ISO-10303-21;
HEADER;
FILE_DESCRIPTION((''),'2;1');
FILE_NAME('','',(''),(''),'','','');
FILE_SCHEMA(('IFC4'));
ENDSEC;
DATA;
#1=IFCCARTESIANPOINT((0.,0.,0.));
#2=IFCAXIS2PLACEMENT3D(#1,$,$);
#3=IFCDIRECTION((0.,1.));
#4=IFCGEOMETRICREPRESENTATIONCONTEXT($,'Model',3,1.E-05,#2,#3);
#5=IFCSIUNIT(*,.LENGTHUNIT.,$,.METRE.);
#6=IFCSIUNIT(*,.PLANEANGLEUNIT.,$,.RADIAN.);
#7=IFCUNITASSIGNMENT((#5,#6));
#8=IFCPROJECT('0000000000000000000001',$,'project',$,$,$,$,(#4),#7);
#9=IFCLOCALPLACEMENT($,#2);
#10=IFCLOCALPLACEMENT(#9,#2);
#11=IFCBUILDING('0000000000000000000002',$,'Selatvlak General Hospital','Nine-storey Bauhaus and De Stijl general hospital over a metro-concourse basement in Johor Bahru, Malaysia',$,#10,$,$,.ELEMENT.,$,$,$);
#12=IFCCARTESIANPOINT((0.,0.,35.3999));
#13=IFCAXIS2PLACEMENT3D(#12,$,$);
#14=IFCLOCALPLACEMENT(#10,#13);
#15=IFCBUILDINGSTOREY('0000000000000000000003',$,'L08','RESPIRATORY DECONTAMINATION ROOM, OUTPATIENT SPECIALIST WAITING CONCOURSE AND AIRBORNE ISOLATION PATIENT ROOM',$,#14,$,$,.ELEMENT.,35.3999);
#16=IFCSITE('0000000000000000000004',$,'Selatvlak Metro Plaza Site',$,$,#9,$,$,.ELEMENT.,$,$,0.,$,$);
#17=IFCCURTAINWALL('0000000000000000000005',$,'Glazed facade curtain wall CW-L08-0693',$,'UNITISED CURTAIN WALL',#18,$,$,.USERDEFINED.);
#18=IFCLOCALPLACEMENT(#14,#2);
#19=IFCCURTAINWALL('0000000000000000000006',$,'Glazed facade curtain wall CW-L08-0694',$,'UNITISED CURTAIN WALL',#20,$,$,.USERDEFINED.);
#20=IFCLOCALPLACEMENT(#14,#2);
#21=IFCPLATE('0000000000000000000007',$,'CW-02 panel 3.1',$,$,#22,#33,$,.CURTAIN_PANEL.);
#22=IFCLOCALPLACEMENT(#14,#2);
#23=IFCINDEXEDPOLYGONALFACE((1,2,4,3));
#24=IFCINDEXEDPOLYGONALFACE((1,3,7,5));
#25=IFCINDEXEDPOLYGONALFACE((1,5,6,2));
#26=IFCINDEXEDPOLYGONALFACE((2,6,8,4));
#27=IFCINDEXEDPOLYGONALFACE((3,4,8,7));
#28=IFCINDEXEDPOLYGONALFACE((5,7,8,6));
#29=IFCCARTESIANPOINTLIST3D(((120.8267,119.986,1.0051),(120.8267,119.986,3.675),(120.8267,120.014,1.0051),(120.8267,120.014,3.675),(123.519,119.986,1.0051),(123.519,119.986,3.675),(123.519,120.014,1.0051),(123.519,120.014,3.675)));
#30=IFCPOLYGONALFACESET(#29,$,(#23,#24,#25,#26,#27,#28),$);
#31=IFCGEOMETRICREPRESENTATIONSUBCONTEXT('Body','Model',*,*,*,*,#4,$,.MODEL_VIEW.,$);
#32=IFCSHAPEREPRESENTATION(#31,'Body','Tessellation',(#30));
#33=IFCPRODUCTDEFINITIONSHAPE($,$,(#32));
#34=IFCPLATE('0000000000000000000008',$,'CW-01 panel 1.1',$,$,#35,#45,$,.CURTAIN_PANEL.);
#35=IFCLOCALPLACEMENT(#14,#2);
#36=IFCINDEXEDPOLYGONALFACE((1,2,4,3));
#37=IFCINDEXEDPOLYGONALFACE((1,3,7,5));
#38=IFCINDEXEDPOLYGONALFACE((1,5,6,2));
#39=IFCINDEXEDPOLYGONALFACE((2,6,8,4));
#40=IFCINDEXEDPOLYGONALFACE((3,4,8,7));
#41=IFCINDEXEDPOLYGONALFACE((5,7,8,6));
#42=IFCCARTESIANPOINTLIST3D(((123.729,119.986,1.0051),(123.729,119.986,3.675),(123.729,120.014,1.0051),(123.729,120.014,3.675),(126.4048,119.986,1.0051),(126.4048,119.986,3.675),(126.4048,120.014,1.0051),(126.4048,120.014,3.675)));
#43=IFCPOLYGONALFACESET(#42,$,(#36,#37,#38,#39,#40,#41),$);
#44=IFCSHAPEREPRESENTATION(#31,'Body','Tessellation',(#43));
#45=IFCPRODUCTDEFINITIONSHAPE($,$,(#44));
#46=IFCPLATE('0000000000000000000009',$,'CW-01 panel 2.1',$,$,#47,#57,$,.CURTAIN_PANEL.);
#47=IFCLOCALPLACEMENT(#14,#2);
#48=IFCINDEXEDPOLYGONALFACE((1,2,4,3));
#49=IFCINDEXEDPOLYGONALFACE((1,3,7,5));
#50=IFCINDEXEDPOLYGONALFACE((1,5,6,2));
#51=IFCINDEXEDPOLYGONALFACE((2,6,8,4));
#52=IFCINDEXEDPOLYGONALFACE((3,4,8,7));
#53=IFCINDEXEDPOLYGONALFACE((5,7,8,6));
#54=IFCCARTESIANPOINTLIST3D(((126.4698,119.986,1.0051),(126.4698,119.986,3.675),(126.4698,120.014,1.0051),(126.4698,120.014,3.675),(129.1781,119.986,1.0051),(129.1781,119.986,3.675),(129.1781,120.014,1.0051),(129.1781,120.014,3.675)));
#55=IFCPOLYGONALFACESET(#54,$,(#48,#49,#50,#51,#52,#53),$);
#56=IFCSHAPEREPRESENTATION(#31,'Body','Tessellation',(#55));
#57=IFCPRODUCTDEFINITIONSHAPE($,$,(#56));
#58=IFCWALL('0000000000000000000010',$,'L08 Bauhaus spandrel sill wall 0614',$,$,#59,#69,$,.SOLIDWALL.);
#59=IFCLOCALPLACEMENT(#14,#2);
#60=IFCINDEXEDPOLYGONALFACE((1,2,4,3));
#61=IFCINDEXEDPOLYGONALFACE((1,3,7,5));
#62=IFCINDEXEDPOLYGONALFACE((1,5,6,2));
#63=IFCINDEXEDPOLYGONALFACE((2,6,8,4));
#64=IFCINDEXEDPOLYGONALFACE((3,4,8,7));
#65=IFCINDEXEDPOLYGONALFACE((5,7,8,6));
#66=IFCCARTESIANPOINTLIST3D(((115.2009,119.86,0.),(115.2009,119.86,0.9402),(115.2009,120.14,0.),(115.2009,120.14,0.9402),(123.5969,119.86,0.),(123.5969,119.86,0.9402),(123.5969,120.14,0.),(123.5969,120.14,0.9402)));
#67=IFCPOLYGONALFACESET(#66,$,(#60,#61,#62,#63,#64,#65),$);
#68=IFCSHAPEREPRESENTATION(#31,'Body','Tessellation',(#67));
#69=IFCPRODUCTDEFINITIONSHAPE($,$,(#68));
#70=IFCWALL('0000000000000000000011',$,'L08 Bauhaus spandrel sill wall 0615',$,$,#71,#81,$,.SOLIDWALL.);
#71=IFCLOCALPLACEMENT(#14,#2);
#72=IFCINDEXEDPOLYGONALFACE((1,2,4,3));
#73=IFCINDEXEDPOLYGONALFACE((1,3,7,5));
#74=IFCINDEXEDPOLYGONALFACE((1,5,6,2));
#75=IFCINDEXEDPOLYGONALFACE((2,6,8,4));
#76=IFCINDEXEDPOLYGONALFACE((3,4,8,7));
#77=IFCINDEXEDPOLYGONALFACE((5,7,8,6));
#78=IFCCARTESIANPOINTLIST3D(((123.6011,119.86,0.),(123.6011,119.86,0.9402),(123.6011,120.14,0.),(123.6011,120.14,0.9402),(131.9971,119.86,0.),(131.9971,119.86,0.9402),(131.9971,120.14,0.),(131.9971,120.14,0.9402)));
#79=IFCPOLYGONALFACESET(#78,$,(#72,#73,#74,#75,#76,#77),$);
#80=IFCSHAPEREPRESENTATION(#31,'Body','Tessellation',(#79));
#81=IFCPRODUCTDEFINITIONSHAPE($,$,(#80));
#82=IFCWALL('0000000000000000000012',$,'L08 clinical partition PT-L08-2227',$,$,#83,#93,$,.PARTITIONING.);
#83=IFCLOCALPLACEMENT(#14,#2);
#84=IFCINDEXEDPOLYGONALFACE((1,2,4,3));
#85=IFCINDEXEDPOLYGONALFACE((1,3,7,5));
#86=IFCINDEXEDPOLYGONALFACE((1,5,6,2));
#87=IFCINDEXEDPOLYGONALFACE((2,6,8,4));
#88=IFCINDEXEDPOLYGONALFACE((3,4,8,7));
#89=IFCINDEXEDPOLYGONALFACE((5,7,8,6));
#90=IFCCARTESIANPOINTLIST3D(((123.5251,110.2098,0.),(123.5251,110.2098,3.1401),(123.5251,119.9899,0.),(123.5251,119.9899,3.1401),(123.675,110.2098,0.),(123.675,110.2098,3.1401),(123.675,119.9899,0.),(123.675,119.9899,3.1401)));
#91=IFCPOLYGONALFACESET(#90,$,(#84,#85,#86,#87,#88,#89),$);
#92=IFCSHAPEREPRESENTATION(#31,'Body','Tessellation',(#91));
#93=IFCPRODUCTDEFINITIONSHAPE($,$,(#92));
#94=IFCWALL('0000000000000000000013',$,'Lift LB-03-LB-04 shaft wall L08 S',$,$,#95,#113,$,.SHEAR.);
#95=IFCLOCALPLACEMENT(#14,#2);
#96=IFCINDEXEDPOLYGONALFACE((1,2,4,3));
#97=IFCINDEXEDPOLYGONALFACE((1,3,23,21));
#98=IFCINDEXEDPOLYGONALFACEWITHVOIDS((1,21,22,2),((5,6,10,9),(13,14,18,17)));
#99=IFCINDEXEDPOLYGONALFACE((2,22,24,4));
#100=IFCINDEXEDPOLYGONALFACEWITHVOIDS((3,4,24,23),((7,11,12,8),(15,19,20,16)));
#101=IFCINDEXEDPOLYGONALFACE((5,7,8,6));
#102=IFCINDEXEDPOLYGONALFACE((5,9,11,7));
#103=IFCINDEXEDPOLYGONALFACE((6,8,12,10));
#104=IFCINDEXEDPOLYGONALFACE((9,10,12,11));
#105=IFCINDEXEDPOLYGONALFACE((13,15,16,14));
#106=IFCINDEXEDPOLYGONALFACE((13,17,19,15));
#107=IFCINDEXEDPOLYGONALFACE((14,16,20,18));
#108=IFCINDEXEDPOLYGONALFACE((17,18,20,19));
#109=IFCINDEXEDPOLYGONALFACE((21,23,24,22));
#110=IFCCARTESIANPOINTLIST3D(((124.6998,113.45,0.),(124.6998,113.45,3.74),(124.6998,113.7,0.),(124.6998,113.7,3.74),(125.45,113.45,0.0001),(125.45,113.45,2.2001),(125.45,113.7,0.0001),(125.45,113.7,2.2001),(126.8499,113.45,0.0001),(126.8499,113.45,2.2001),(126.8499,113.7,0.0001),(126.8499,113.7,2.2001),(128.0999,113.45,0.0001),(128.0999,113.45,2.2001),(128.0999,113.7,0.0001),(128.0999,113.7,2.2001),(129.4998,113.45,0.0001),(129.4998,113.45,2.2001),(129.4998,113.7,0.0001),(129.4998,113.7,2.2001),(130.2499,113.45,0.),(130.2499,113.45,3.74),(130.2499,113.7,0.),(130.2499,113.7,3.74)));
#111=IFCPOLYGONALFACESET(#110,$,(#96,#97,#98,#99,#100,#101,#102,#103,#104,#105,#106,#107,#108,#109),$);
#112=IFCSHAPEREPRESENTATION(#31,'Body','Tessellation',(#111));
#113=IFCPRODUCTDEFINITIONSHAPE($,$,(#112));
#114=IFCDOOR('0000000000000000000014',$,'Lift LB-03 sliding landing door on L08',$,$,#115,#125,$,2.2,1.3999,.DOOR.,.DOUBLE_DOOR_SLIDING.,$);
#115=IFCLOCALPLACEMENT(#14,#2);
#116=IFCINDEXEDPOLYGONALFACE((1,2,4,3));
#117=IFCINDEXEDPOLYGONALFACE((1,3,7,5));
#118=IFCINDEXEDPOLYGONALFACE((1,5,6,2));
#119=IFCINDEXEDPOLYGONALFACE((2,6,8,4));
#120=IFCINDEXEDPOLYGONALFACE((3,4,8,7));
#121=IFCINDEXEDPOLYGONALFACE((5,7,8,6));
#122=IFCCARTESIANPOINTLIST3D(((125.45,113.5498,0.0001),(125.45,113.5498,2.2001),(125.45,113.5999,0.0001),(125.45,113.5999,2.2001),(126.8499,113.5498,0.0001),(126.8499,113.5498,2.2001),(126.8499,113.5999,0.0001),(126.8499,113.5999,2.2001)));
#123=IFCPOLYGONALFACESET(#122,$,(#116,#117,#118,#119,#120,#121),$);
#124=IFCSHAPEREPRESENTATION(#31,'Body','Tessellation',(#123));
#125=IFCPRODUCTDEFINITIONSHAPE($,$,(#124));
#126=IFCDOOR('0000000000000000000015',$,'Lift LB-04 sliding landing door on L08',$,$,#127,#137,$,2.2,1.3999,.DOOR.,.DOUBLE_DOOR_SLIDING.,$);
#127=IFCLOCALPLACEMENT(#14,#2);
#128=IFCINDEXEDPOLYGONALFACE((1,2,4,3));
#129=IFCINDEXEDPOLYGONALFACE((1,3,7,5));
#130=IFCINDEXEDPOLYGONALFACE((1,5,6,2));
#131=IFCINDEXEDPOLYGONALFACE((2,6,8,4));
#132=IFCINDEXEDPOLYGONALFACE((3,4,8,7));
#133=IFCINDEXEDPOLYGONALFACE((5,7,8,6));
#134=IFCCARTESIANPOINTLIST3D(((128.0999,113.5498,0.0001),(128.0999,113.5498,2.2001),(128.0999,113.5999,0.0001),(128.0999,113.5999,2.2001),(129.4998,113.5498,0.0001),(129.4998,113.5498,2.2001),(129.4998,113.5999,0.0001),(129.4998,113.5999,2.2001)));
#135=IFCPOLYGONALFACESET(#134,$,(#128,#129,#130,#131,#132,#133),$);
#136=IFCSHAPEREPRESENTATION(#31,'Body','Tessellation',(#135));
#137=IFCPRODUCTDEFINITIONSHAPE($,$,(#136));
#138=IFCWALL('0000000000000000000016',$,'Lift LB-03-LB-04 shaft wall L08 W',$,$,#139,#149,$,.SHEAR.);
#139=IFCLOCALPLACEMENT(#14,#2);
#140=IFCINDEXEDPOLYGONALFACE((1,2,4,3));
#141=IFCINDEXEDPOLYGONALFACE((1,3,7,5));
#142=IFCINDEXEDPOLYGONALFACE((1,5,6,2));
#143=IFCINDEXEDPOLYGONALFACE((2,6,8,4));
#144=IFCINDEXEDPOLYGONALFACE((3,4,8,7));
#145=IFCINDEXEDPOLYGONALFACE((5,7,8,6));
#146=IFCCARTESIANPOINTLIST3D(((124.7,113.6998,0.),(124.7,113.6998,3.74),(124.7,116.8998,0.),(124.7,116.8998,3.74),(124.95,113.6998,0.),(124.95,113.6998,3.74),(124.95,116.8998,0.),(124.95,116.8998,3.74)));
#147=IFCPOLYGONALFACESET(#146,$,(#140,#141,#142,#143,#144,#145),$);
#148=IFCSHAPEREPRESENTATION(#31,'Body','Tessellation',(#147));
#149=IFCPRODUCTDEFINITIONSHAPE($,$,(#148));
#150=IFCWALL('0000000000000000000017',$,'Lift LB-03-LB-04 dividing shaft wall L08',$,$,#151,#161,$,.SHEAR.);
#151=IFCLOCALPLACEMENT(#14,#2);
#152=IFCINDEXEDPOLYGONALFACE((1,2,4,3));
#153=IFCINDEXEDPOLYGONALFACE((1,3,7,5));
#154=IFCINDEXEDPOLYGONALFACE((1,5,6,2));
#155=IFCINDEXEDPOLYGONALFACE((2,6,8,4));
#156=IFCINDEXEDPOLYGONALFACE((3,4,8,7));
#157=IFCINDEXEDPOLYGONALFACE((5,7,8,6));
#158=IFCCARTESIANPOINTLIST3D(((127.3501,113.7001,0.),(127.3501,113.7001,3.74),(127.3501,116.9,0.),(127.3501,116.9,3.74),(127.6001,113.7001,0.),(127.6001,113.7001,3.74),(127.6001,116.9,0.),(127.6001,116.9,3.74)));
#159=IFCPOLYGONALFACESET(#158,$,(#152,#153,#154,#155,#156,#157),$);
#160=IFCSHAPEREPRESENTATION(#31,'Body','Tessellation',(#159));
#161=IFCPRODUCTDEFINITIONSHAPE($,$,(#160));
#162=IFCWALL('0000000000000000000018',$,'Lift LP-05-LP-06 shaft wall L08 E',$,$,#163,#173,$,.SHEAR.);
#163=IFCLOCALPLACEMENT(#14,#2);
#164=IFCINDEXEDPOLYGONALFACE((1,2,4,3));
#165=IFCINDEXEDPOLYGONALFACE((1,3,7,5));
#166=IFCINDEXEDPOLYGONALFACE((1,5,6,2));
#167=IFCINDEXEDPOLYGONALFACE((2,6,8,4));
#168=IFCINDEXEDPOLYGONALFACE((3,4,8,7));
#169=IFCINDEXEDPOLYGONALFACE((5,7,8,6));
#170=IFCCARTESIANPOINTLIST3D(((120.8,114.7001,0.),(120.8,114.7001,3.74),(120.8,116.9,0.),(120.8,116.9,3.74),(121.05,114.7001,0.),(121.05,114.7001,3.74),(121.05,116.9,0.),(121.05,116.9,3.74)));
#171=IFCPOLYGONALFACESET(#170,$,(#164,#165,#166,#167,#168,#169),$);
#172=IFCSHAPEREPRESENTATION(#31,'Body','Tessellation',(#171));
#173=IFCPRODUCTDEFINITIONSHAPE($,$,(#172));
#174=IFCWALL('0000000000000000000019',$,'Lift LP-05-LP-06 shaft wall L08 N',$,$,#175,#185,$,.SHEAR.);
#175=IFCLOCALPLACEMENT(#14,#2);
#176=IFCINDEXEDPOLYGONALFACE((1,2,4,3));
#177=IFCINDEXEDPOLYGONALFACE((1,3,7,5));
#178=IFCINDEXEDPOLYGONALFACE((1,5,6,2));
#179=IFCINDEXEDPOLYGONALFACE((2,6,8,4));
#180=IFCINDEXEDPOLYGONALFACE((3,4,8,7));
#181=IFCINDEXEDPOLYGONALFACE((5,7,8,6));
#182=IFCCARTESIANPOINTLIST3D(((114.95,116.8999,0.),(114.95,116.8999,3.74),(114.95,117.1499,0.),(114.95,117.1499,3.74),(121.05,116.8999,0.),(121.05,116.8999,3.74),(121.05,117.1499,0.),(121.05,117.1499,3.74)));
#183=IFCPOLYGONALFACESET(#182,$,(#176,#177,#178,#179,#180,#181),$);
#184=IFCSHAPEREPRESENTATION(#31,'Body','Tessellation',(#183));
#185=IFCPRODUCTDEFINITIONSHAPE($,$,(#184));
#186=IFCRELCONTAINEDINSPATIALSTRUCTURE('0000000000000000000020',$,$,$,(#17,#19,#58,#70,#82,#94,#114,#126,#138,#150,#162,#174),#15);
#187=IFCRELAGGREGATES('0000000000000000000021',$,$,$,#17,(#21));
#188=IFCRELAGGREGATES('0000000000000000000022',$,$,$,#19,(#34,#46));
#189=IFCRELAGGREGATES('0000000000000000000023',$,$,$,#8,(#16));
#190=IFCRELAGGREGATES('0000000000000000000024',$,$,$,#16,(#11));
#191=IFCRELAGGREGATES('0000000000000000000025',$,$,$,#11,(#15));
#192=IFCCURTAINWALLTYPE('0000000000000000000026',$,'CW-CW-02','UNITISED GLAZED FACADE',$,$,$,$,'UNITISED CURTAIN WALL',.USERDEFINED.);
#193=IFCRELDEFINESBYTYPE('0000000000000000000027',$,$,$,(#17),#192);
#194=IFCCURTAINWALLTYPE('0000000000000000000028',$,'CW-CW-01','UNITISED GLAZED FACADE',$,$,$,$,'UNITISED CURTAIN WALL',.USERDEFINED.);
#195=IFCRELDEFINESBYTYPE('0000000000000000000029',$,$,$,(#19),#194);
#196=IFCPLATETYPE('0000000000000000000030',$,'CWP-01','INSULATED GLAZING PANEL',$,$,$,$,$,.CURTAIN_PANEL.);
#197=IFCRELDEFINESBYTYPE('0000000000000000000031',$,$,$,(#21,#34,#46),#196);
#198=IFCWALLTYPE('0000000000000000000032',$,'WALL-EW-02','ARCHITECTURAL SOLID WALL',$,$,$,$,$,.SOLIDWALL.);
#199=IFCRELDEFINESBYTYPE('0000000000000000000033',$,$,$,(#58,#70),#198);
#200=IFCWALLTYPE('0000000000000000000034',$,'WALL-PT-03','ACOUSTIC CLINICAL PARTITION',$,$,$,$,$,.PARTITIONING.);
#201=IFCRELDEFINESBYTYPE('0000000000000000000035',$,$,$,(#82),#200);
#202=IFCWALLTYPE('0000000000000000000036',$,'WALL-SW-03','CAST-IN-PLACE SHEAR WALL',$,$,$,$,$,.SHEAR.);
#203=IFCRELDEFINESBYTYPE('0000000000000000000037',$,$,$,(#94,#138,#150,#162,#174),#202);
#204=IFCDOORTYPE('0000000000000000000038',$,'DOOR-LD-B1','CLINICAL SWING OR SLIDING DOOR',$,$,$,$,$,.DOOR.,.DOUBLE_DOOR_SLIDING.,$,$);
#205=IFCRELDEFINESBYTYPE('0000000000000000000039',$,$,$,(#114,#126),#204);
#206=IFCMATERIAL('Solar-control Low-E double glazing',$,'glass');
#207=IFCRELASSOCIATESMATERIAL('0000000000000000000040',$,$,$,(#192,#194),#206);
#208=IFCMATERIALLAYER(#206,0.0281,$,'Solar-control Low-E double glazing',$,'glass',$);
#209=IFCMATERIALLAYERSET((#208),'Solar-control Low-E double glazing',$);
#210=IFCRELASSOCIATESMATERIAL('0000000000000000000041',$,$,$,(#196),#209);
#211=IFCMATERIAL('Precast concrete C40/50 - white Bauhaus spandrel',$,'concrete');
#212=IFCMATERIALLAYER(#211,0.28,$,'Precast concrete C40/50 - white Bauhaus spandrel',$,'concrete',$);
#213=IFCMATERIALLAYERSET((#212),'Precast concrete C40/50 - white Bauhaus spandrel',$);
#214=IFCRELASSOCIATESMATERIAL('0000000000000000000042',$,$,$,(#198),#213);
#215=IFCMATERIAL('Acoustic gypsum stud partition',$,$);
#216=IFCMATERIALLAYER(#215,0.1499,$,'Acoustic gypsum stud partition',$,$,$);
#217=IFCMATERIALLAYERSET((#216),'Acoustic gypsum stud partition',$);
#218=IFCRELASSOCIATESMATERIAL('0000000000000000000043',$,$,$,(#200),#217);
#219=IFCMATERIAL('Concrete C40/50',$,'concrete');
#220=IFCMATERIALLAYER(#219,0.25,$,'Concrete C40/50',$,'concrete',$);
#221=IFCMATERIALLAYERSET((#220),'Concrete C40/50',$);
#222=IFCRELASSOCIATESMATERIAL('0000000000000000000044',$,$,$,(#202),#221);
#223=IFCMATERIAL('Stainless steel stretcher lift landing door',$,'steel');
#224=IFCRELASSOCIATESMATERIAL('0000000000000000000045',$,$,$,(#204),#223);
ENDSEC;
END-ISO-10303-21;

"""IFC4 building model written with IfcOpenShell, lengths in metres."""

from ifc_helpers import new_model, si_unit, direction, frame, frame_2d, origin, origin_2d, place, context, subcontext, project, spatial, rectangle, extrude, material, layer, layer_set, type_object, element, fill, aggregate, save


model = new_model("IFC4")

# Units and contexts
model_context = context("Model", 3, precision=1e-05, world=origin(), true_north=direction((0.0, 1.0)))
body_context = subcontext(model_context, "Body", "Model", "MODEL_VIEW")
ifc_project = project(units=[si_unit("LENGTHUNIT", "METRE"), si_unit("PLANEANGLEUNIT", "RADIAN")], contexts=[model_context])

# Site, building, storey
site_placement = place(None, origin())
site = spatial("IfcSite", under=ifc_project, at=site_placement, Name="Selatvlak Metro Plaza Site", CompositionType="ELEMENT", RefElevation=0.0)
building_placement = place(site_placement, origin())
building = spatial("IfcBuilding", under=site, at=building_placement, Name="Selatvlak General Hospital", Description="Nine-storey Bauhaus and De Stijl general hospital over a metro-concourse basement in Johor Bahru, Malaysia", CompositionType="ELEMENT")
storey_placement = place(building_placement, frame((0.0, 0.0, 35.3999)))
storey = spatial("IfcBuildingStorey", under=building, at=storey_placement, Name="L08", Description="RESPIRATORY DECONTAMINATION ROOM, OUTPATIENT SPECIALIST WAITING CONCOURSE AND AIRBORNE ISOLATION PATIENT ROOM", CompositionType="ELEMENT", Elevation=35.3999)

# Shared definitions
ifc_material_1 = material(Name="Concrete C40/50", Category="concrete")

# Curtain walls
ifc_material_2 = material(Name="Solar-control Low-E double glazing", Category="glass")
curtain_wall_type_1 = type_object("IfcCurtainWallType", Name="CW-CW-02", Description="UNITISED GLAZED FACADE", ElementType="UNITISED CURTAIN WALL", PredefinedType="USERDEFINED", material=ifc_material_2)
curtain_wall_1_placement = place(storey_placement, origin())
curtain_wall_1 = element("IfcCurtainWall", 1, at=curtain_wall_1_placement, inside=storey, type_object=curtain_wall_type_1, Name="Glazed facade curtain wall CW-L08-0693", ObjectType="UNITISED CURTAIN WALL", PredefinedType="USERDEFINED")
curtain_wall_type_2 = type_object("IfcCurtainWallType", Name="CW-CW-01", Description="UNITISED GLAZED FACADE", ElementType="UNITISED CURTAIN WALL", PredefinedType="USERDEFINED", material=ifc_material_2)
curtain_wall_2_placement = place(storey_placement, origin())
curtain_wall_2 = element("IfcCurtainWall", 2, at=curtain_wall_2_placement, inside=storey, type_object=curtain_wall_type_2, Name="Glazed facade curtain wall CW-L08-0694", ObjectType="UNITISED CURTAIN WALL", PredefinedType="USERDEFINED")

# Plates
ifc_layer_1 = layer(ifc_material_2, 0.0281, Name="Solar-control Low-E double glazing", Category="glass")
ifc_layer_set_1 = layer_set([ifc_layer_1], Name="Solar-control Low-E double glazing")
plate_type = type_object("IfcPlateType", Name="CWP-01", Description="INSULATED GLAZING PANEL", PredefinedType="CURTAIN_PANEL", material=ifc_layer_set_1)
plate_1_placement = place(storey_placement, frame((122.1729, 120.0, 1.0051), z_axis=(0.0, 0.0, 1.0), x_axis=(1.0, 0.0, 0.0)))
plate_1 = element("IfcPlate", 3, at=plate_1_placement, type_object=plate_type, Name="CW-02 panel 3.1", PredefinedType="CURTAIN_PANEL", context=body_context, shape_type="SweptSolid", body=[
    extrude(rectangle(XDim=2.6924, YDim=0.0281, at=origin_2d()), origin(), (0.0, 0.0, 1.0), 2.6699),
])
aggregate(curtain_wall_1, [plate_1])
plate_2_placement = place(storey_placement, frame((125.0669, 120.0, 1.0051), z_axis=(0.0, 0.0, 1.0), x_axis=(1.0, 0.0, 0.0)))
plate_2 = element("IfcPlate", 4, at=plate_2_placement, type_object=plate_type, Name="CW-01 panel 1.1", PredefinedType="CURTAIN_PANEL", context=body_context, shape_type="SweptSolid", body=[
    extrude(rectangle(XDim=2.6758, YDim=0.0281, at=origin_2d()), origin(), (0.0, 0.0, 1.0), 2.6699),
])
plate_3_placement = place(storey_placement, frame((127.824, 120.0, 1.0051), z_axis=(0.0, 0.0, 1.0), x_axis=(1.0, 0.0, 0.0)))
plate_3 = element("IfcPlate", 5, at=plate_3_placement, type_object=plate_type, Name="CW-01 panel 2.1", PredefinedType="CURTAIN_PANEL", context=body_context, shape_type="SweptSolid", body=[
    extrude(rectangle(XDim=2.7083, YDim=0.0281, at=origin_2d()), origin(), (0.0, 0.0, 1.0), 2.6699),
])
aggregate(curtain_wall_2, [plate_2, plate_3])

# Walls
ifc_material_3 = material(Name="Precast concrete C40/50 - white Bauhaus spandrel", Category="concrete")
ifc_layer_2 = layer(ifc_material_3, 0.28, Name="Precast concrete C40/50 - white Bauhaus spandrel", Category="concrete")
ifc_layer_set_2 = layer_set([ifc_layer_2], Name="Precast concrete C40/50 - white Bauhaus spandrel")
wall_type_1 = type_object("IfcWallType", Name="WALL-EW-02", Description="ARCHITECTURAL SOLID WALL", PredefinedType="SOLIDWALL", material=ifc_layer_set_2)
for number, where, z_axis, x_axis, name in (
    (6, (115.2009, 120.0, 0.0), (0.0, 0.0, 1.0), (1.0, 0.0, 0.0), "L08 Bauhaus spandrel sill wall 0614"),
    (7, (123.6011, 120.0, 0.0), (0.0, 0.0, 1.0), (1.0, 0.0, 0.0), "L08 Bauhaus spandrel sill wall 0615"),
):
    element("IfcWall", number, at=place(storey_placement, frame(where, z_axis=z_axis, x_axis=x_axis)), inside=storey, type_object=wall_type_1, Name=name, PredefinedType="SOLIDWALL", context=body_context, shape_type="SweptSolid", body=[
        extrude(rectangle(XDim=8.396, YDim=0.28, at=frame_2d((4.198, 0.0))), origin(), (0.0, 0.0, 1.0), 0.9402),
    ])
ifc_material_4 = material(Name="Acoustic gypsum stud partition")
ifc_layer_3 = layer(ifc_material_4, 0.1499, Name="Acoustic gypsum stud partition")
ifc_layer_set_3 = layer_set([ifc_layer_3], Name="Acoustic gypsum stud partition")
wall_type_2 = type_object("IfcWallType", Name="WALL-PT-03", Description="ACOUSTIC CLINICAL PARTITION", PredefinedType="PARTITIONING", material=ifc_layer_set_3)
wall_1_placement = place(storey_placement, frame((123.6001, 119.99, 0.0), z_axis=(0.0, 0.0, 1.0), x_axis=(0.0, -1.0, 0.0)))
element("IfcWall", 8, at=wall_1_placement, inside=storey, type_object=wall_type_2, Name="L08 clinical partition PT-L08-2227", PredefinedType="PARTITIONING", context=body_context, shape_type="SweptSolid", body=[
    extrude(rectangle(XDim=9.78, YDim=0.1499, at=frame_2d((4.8901, 0.0))), origin(), (0.0, 0.0, 1.0), 3.1401),
])

# Wall, openings, doors
ifc_layer_4 = layer(ifc_material_1, 0.25, Name="Concrete C40/50", Category="concrete")
ifc_layer_set_4 = layer_set([ifc_layer_4], Name="Concrete C40/50")
wall_type_3 = type_object("IfcWallType", Name="WALL-SW-03", Description="CAST-IN-PLACE SHEAR WALL", PredefinedType="SHEAR", material=ifc_layer_set_4)
wall_2_placement = place(storey_placement, frame((124.7, 113.575, 0.0), z_axis=(0.0, 0.0, 1.0), x_axis=(1.0, 0.0, 0.0)))
wall_2 = element("IfcWall", 9, at=wall_2_placement, inside=storey, type_object=wall_type_3, Name="Lift LB-03-LB-04 shaft wall L08 S", PredefinedType="SHEAR", context=body_context, shape_type="SweptSolid", body=[
    extrude(rectangle(XDim=5.55, YDim=0.25, at=frame_2d((2.7749, 0.0))), origin(), (0.0, 0.0, 1.0), 3.74),
])
opening_1_placement = place(wall_2_placement, frame((0.75, 0.0, 0.0)))
opening_1 = element("IfcOpeningElement", 10, at=opening_1_placement, cuts=wall_2, PredefinedType="OPENING", context=body_context, shape_type="SweptSolid", body=[
    extrude(rectangle(XDim=1.3999, YDim=2.2, at=frame_2d((0.7, 1.1001))), frame((0.0, 0.135, 0.0), z_axis=(0.0, -1.0, 0.0), x_axis=(1.0, 0.0, 0.0)), (0.0, 0.0, 1.0), 0.27),
])
opening_2_placement = place(wall_2_placement, frame((3.3999, 0.0, 0.0)))
opening_2 = element("IfcOpeningElement", 11, at=opening_2_placement, cuts=wall_2, PredefinedType="OPENING", context=body_context, shape_type="SweptSolid", body=[
    extrude(rectangle(XDim=1.3999, YDim=2.2, at=frame_2d((0.7, 1.1001))), frame((0.0, 0.135, 0.0), z_axis=(0.0, -1.0, 0.0), x_axis=(1.0, 0.0, 0.0)), (0.0, 0.0, 1.0), 0.27),
])
ifc_material_5 = material(Name="Stainless steel stretcher lift landing door", Category="steel")
door_type = type_object("IfcDoorType", Name="DOOR-LD-B1", Description="CLINICAL SWING OR SLIDING DOOR", OperationType="DOUBLE_DOOR_SLIDING", PredefinedType="DOOR", material=ifc_material_5)
door_1_placement = place(opening_1_placement, origin())
door_1 = element("IfcDoor", 12, at=door_1_placement, inside=storey, type_object=door_type, Name="Lift LB-03 sliding landing door on L08", OperationType="DOUBLE_DOOR_SLIDING", OverallHeight=2.2, OverallWidth=1.3999, PredefinedType="DOOR", context=body_context, shape_type="SweptSolid", body=[
    extrude(rectangle(XDim=1.3999, YDim=2.2, at=frame_2d((0.7, 1.1001))), frame((0.0, 0.0249, 0.0), z_axis=(0.0, -1.0, 0.0), x_axis=(1.0, 0.0, 0.0)), (0.0, 0.0, 1.0), 0.05),
])
fill(opening_1, door_1)
door_2_placement = place(opening_2_placement, origin())
door_2 = element("IfcDoor", 13, at=door_2_placement, inside=storey, type_object=door_type, Name="Lift LB-04 sliding landing door on L08", OperationType="DOUBLE_DOOR_SLIDING", OverallHeight=2.2, OverallWidth=1.3999, PredefinedType="DOOR", context=body_context, shape_type="SweptSolid", body=[
    extrude(rectangle(XDim=1.3999, YDim=2.2, at=frame_2d((0.7, 1.1001))), frame((0.0, 0.0249, 0.0), z_axis=(0.0, -1.0, 0.0), x_axis=(1.0, 0.0, 0.0)), (0.0, 0.0, 1.0), 0.05),
])
fill(opening_2, door_2)

# Walls
for number, where, z_axis, x_axis, name in (
    (14, (124.825, 116.8999, 0.0), (0.0, 0.0, 1.0), (0.0, -1.0, 0.0), "Lift LB-03-LB-04 shaft wall L08 W"),
    (15, (127.4751, 113.7, 0.0), (0.0, 0.0, 1.0), (0.0, 1.0, 0.0), "Lift LB-03-LB-04 dividing shaft wall L08"),
):
    element("IfcWall", number, at=place(storey_placement, frame(where, z_axis=z_axis, x_axis=x_axis)), inside=storey, type_object=wall_type_3, Name=name, PredefinedType="SHEAR", context=body_context, shape_type="SweptSolid", body=[
        extrude(rectangle(XDim=3.2, YDim=0.25, at=frame_2d((1.6001, 0.0))), origin(), (0.0, 0.0, 1.0), 3.74),
    ])
wall_3_placement = place(storey_placement, frame((120.925, 114.7, 0.0), z_axis=(0.0, 0.0, 1.0), x_axis=(0.0, 1.0, 0.0)))
element("IfcWall", 16, at=wall_3_placement, inside=storey, type_object=wall_type_3, Name="Lift LP-05-LP-06 shaft wall L08 E", PredefinedType="SHEAR", context=body_context, shape_type="SweptSolid", body=[
    extrude(rectangle(XDim=2.2, YDim=0.25, at=frame_2d((1.1001, 0.0))), origin(), (0.0, 0.0, 1.0), 3.74),
])
wall_4_placement = place(storey_placement, frame((121.05, 117.0249, 0.0), z_axis=(0.0, 0.0, 1.0), x_axis=(-1.0, 0.0, 0.0)))
element("IfcWall", 17, at=wall_4_placement, inside=storey, type_object=wall_type_3, Name="Lift LP-05-LP-06 shaft wall L08 N", PredefinedType="SHEAR", context=body_context, shape_type="SweptSolid", body=[
    extrude(rectangle(XDim=6.1001, YDim=0.25, at=frame_2d((3.05, 0.0))), origin(), (0.0, 0.0, 1.0), 3.74),
])

save(model, "model.ifc")
